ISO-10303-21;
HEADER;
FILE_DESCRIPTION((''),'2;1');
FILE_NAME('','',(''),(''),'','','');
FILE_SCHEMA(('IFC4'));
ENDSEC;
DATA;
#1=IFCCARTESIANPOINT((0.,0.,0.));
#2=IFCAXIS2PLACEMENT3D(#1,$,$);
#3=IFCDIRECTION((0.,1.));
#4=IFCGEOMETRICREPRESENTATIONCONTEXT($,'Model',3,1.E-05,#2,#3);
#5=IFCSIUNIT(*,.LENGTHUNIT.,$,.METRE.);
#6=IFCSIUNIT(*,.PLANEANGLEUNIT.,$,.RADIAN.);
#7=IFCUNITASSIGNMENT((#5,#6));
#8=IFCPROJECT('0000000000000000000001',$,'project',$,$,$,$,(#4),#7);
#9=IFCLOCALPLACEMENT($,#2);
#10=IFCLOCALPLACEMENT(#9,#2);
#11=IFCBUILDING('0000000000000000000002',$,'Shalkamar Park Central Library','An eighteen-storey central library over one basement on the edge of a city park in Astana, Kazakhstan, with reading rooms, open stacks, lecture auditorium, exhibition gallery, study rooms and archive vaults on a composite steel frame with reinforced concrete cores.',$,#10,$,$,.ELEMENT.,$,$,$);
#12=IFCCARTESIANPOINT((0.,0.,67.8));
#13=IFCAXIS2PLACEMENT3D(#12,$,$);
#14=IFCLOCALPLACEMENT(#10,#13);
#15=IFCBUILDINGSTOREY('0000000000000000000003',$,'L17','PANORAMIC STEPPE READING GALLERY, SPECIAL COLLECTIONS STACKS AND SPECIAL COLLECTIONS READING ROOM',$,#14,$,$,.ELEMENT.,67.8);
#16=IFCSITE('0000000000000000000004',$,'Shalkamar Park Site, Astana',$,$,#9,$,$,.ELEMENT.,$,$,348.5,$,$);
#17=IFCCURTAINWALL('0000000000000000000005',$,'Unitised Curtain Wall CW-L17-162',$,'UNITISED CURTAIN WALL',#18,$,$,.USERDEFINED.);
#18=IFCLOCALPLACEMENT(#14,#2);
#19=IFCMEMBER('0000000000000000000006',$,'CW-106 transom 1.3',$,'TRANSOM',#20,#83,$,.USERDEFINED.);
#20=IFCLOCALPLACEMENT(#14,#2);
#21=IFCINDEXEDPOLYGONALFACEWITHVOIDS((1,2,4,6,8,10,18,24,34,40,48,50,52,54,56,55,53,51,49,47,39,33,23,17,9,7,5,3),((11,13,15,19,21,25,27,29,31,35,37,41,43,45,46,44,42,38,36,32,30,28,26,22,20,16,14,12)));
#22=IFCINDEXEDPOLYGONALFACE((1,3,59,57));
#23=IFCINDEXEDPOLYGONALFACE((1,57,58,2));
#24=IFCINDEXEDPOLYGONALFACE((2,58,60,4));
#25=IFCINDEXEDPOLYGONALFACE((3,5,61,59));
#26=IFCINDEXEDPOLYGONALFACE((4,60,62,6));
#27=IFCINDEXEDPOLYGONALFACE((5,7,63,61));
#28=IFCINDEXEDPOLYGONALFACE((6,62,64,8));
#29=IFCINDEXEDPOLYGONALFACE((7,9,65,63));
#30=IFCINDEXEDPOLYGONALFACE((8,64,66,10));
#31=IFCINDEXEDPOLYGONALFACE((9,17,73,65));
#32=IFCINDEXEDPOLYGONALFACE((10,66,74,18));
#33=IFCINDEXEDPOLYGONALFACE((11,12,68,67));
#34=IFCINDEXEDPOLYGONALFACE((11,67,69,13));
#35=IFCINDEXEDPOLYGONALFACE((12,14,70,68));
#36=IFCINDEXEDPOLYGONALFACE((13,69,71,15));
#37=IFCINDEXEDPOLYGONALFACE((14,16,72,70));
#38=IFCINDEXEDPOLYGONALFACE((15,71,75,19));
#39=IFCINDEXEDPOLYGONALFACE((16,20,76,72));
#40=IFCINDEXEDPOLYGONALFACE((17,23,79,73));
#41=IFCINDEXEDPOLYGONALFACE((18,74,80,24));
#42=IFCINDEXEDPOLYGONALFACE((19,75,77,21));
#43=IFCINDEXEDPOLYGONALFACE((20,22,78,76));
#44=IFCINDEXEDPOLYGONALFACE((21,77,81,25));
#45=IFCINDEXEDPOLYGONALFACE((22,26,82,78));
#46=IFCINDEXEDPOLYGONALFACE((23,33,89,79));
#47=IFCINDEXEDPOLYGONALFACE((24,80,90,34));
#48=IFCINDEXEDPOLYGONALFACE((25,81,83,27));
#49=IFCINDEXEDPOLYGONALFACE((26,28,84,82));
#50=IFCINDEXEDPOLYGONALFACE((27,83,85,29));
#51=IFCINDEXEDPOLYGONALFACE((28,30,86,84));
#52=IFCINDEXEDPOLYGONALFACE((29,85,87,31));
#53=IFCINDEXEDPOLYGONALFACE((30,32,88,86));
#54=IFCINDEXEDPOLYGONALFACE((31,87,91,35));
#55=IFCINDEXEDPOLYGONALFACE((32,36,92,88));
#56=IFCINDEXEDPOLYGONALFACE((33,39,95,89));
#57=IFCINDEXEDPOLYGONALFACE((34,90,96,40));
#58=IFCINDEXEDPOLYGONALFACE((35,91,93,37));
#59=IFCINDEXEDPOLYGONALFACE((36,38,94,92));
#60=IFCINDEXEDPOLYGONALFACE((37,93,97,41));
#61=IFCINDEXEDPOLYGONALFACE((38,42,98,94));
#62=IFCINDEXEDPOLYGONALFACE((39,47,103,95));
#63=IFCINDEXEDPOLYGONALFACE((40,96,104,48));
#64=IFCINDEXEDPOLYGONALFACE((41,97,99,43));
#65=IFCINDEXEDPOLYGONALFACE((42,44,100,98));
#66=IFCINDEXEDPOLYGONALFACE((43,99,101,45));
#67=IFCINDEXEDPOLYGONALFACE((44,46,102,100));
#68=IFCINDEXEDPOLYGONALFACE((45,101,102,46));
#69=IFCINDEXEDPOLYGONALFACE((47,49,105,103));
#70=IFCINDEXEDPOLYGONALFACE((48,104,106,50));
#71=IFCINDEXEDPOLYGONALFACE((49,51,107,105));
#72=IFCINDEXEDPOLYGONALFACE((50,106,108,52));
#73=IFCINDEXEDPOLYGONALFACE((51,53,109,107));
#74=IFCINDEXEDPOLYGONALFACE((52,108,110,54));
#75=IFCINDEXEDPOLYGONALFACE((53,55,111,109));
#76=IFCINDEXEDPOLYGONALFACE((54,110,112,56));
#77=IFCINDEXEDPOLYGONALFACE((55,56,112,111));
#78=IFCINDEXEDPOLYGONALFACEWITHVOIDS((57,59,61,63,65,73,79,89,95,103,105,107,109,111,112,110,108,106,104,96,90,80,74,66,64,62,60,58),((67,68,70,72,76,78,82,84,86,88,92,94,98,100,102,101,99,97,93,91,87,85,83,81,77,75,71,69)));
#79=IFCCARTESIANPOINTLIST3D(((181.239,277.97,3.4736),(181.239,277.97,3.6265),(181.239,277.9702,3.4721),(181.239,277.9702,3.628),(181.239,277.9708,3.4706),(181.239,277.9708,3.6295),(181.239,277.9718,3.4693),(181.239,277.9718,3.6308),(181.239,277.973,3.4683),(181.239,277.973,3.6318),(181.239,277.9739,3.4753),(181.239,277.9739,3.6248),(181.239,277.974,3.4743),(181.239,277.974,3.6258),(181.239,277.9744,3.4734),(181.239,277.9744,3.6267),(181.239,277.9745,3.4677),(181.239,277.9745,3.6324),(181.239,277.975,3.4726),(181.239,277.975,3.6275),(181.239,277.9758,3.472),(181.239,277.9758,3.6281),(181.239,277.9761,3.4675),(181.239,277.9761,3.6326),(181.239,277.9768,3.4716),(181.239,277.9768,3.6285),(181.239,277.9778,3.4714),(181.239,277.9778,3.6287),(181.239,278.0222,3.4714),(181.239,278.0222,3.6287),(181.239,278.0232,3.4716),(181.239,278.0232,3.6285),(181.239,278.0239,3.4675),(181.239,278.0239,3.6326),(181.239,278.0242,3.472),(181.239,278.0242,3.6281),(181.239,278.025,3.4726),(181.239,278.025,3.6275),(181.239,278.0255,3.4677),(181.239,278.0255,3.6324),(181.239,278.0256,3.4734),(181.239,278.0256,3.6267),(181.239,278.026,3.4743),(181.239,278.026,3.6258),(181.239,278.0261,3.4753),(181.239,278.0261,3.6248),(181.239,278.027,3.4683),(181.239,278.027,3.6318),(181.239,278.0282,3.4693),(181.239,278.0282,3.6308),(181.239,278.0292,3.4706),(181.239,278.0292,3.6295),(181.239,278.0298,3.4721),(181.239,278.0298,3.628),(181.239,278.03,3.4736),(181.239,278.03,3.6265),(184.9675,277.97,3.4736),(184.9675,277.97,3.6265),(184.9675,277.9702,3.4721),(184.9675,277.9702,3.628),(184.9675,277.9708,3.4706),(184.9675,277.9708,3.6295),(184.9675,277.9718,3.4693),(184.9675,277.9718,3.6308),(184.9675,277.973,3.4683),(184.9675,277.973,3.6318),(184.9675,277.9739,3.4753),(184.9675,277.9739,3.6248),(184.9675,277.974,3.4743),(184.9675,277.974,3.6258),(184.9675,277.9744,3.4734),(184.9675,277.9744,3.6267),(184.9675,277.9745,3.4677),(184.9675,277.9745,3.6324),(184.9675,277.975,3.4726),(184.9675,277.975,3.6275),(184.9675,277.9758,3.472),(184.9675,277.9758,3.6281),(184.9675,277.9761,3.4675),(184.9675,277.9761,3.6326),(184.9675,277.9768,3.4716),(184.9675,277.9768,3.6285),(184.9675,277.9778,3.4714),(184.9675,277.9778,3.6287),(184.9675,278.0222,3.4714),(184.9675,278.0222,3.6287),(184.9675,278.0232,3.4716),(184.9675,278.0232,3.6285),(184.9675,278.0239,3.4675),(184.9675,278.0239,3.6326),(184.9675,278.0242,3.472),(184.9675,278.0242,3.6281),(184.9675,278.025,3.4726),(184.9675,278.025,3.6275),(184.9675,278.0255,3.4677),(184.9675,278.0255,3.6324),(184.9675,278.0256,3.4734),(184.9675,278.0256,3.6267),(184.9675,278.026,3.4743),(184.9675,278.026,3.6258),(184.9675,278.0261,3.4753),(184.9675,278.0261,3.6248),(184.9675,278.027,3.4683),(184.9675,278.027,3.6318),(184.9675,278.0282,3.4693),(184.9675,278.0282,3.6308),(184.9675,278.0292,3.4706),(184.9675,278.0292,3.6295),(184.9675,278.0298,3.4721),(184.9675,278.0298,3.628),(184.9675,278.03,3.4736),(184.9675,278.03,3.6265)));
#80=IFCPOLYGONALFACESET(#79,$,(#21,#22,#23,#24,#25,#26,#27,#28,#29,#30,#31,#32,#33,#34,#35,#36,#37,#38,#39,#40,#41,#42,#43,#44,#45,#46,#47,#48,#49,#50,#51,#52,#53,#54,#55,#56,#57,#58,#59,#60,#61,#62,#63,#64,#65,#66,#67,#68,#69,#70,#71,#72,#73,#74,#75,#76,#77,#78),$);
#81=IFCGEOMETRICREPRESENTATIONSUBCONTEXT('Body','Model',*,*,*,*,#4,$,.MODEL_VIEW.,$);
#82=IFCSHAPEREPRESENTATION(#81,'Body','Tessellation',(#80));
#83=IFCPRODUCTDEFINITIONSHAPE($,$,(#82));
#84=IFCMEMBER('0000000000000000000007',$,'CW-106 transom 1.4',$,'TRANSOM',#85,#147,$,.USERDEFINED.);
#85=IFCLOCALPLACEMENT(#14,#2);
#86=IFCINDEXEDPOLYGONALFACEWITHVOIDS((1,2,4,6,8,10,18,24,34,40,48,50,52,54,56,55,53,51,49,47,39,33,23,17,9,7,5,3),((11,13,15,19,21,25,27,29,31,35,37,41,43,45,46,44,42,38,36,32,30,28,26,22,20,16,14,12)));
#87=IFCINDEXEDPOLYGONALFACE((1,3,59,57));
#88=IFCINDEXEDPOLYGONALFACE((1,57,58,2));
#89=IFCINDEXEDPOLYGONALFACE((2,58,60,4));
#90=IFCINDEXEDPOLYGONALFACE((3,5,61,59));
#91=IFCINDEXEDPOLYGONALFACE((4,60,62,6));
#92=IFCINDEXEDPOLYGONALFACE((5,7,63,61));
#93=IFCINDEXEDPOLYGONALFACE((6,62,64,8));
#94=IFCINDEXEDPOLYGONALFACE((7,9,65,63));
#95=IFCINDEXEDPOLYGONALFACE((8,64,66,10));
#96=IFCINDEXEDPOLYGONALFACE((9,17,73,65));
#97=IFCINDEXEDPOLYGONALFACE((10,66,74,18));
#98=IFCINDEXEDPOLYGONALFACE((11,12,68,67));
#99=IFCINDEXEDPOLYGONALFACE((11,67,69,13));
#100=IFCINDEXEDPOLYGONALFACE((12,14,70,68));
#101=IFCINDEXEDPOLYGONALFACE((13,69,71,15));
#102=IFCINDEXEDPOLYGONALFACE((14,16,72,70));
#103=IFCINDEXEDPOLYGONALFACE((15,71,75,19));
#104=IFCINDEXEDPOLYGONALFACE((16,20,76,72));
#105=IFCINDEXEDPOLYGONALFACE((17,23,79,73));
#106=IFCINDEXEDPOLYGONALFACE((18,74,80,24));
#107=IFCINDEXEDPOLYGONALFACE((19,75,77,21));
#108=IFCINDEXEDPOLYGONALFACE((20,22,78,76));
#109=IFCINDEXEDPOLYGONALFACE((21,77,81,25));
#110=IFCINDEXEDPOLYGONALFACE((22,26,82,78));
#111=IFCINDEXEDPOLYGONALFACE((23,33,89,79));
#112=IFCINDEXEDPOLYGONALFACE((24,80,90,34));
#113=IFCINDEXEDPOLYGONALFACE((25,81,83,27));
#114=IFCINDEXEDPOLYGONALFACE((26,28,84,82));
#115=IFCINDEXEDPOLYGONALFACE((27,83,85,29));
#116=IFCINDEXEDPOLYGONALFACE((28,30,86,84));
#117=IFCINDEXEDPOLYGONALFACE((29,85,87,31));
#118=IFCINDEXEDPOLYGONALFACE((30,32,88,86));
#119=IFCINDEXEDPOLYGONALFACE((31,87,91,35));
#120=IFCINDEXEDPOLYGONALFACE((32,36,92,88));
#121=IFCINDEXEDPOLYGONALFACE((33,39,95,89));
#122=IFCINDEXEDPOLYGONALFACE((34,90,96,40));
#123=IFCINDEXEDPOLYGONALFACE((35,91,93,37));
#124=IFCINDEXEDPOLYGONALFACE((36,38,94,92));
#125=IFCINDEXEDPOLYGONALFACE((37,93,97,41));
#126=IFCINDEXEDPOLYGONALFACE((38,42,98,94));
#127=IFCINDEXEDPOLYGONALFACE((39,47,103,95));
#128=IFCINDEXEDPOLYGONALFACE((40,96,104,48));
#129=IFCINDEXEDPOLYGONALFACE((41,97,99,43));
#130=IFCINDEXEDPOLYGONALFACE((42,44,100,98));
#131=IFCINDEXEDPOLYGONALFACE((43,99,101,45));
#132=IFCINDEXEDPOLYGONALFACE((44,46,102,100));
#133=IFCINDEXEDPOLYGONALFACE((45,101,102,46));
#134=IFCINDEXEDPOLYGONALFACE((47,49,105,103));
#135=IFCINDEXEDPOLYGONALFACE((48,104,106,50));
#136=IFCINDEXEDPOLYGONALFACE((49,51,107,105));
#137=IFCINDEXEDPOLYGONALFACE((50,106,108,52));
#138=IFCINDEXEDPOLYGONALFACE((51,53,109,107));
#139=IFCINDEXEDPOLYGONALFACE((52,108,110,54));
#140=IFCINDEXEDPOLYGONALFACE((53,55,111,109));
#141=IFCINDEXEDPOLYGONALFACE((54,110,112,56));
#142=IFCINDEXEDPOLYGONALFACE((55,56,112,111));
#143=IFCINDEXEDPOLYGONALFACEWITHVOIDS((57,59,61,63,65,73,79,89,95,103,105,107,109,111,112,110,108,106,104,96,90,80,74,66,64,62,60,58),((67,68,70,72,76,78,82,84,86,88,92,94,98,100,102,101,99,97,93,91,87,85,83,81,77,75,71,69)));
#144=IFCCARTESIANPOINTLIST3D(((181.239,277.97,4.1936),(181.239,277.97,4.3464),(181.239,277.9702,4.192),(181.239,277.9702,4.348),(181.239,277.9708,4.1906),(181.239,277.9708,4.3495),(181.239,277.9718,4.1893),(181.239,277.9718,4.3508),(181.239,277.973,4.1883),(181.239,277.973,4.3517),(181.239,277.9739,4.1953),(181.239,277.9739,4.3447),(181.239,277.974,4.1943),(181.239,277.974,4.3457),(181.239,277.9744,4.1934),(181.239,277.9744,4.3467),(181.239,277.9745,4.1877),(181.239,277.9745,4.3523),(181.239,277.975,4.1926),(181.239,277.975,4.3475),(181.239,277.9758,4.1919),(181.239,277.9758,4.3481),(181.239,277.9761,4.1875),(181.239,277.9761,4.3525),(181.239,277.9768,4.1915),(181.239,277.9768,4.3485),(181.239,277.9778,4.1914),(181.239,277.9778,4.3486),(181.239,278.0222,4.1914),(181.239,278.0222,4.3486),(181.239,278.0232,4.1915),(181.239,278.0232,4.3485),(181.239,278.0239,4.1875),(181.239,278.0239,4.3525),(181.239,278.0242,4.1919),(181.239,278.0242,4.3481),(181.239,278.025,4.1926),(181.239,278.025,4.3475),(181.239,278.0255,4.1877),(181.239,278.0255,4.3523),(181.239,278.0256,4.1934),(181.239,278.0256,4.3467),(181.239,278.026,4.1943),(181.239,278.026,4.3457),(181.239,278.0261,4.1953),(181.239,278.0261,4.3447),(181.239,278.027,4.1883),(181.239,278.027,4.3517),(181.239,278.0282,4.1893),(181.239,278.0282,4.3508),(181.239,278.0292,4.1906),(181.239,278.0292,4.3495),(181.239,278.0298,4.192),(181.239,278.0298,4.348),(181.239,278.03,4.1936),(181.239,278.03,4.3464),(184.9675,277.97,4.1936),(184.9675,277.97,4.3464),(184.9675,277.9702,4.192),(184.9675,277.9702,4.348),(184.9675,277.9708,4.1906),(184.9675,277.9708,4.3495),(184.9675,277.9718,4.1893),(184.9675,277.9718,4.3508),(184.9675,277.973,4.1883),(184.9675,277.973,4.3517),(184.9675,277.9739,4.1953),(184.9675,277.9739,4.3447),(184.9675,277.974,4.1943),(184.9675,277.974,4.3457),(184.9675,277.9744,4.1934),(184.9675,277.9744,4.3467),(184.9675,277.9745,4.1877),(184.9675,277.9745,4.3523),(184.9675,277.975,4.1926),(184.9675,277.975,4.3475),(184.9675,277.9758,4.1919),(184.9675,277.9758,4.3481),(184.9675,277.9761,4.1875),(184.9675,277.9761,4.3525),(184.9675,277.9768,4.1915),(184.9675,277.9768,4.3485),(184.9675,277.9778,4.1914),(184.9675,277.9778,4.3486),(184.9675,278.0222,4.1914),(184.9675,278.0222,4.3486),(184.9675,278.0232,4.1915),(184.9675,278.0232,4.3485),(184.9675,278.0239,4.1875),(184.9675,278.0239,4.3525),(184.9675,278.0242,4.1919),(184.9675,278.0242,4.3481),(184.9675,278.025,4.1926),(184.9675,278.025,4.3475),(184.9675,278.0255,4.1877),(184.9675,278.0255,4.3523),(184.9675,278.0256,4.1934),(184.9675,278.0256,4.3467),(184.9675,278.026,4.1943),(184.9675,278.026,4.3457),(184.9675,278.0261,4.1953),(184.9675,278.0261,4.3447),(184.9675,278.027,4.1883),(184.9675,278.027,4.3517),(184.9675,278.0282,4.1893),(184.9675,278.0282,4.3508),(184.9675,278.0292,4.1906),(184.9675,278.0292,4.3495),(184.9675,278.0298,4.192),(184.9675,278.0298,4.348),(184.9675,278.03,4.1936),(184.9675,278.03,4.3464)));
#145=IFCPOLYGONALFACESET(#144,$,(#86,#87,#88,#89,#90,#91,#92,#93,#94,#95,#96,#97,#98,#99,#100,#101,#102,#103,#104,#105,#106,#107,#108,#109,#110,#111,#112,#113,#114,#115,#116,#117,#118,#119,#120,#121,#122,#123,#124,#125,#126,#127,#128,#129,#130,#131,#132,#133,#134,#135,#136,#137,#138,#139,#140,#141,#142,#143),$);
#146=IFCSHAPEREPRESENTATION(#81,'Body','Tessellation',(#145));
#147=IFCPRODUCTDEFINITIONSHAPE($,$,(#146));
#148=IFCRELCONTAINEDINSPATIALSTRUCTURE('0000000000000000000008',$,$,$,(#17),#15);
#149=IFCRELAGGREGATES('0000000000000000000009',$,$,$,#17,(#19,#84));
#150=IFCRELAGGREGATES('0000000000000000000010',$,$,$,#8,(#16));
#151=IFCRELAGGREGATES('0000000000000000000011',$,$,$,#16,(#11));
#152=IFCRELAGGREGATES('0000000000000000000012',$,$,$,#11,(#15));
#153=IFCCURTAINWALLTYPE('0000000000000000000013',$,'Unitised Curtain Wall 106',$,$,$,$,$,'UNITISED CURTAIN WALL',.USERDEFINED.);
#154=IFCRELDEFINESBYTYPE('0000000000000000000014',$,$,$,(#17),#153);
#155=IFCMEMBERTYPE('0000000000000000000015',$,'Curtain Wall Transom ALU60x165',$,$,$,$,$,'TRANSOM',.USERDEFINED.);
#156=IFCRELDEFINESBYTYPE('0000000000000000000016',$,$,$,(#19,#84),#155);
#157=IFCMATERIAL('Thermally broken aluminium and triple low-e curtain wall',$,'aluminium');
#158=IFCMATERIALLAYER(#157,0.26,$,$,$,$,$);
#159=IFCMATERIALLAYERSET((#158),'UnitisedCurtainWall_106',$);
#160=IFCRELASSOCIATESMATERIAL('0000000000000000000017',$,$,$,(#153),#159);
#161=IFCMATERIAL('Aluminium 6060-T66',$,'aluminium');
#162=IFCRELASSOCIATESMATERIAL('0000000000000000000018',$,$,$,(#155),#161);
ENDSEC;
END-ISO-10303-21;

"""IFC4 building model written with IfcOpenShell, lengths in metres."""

from ifc_helpers import new_model, si_unit, direction, frame, origin, origin_2d, place, context, subcontext, project, spatial, hollow_rectangle, extrude, material, layer, layer_set, material_profile, profile_set, type_object, element, aggregate, save


model = new_model("IFC4")

# Units and contexts
model_context = context("Model", 3, precision=1e-05, world=origin(), true_north=direction((0.0, 1.0)))
body_context = subcontext(model_context, "Body", "Model", "MODEL_VIEW")
ifc_project = project(units=[si_unit("LENGTHUNIT", "METRE"), si_unit("PLANEANGLEUNIT", "RADIAN")], contexts=[model_context])

# Site, building, storey
site_placement = place(None, origin())
site = spatial("IfcSite", under=ifc_project, at=site_placement, Name="Shalkamar Park Site, Astana", CompositionType="ELEMENT", RefElevation=348.5)
building_placement = place(site_placement, origin())
building = spatial("IfcBuilding", under=site, at=building_placement, Name="Shalkamar Park Central Library", Description="An eighteen-storey central library over one basement on the edge of a city park in Astana, Kazakhstan, with reading rooms, open stacks, lecture auditorium, exhibition gallery, study rooms and archive vaults on a composite steel frame with reinforced concrete cores.", CompositionType="ELEMENT")
storey_placement = place(building_placement, frame((0.0, 0.0, 67.8)))
storey = spatial("IfcBuildingStorey", under=building, at=storey_placement, Name="L17", Description="PANORAMIC STEPPE READING GALLERY, SPECIAL COLLECTIONS STACKS AND SPECIAL COLLECTIONS READING ROOM", CompositionType="ELEMENT", Elevation=67.8)

# Curtain wall, members
ifc_material_1 = material(Name="Thermally broken aluminium and triple low-e curtain wall", Category="aluminium")
ifc_layer_1 = layer(ifc_material_1, 0.26)
ifc_layer_set_1 = layer_set([ifc_layer_1], Name="UnitisedCurtainWall_106")
curtain_wall_type = type_object("IfcCurtainWallType", Name="Unitised Curtain Wall 106", ElementType="UNITISED CURTAIN WALL", PredefinedType="USERDEFINED", material=ifc_layer_set_1)
curtain_wall_placement = place(storey_placement, origin())
curtain_wall = element("IfcCurtainWall", 1, at=curtain_wall_placement, inside=storey, type_object=curtain_wall_type, Name="Unitised Curtain Wall CW-L17-162", ObjectType="UNITISED CURTAIN WALL", PredefinedType="USERDEFINED")
ifc_material_2 = material(Name="Aluminium 6060-T66", Category="aluminium")
ifc_material_profile_1 = material_profile(ifc_material_2, hollow_rectangle(XDim=0.0601, YDim=0.165, WallThickness=0.0039, InnerFilletRadius=0.0039, OuterFilletRadius=0.0061, at=origin_2d()), Name="ALU 60x165x4")
ifc_profile_set_1 = profile_set([ifc_material_profile_1], Name="Aluminium 6060-T66")
member_type_1 = type_object("IfcMemberType", Name="Curtain Wall Transom ALU60x165", ElementType="TRANSOM", PredefinedType="USERDEFINED", material=ifc_profile_set_1)
member_1_placement = place(storey_placement, frame((181.239, 278.0, 3.55), z_axis=(1.0, 0.0, 0.0), x_axis=(0.0, 1.0, 0.0)))
member_1 = element("IfcMember", 2, at=member_1_placement, type_object=member_type_1, Name="CW-106 transom 1.3", ObjectType="TRANSOM", PredefinedType="USERDEFINED", context=body_context, shape_type="SweptSolid", body=[
    extrude(hollow_rectangle(XDim=0.0601, YDim=0.165, WallThickness=0.0039, InnerFilletRadius=0.0039, OuterFilletRadius=0.0061, at=origin_2d()), origin(), (0.0, 0.0, 1.0), 3.7285),
])
member_2_placement = place(storey_placement, frame((181.239, 278.0, 4.27), z_axis=(1.0, 0.0, 0.0), x_axis=(0.0, 1.0, 0.0)))
member_2 = element("IfcMember", 3, at=member_2_placement, type_object=member_type_1, Name="CW-106 transom 1.4", ObjectType="TRANSOM", PredefinedType="USERDEFINED", context=body_context, shape_type="SweptSolid", body=[
    extrude(hollow_rectangle(XDim=0.0601, YDim=0.165, WallThickness=0.0039, InnerFilletRadius=0.0039, OuterFilletRadius=0.0061, at=origin_2d()), origin(), (0.0, 0.0, 1.0), 3.7285),
])

aggregate(curtain_wall, [member_1, member_2])

save(model, "model.ifc")
